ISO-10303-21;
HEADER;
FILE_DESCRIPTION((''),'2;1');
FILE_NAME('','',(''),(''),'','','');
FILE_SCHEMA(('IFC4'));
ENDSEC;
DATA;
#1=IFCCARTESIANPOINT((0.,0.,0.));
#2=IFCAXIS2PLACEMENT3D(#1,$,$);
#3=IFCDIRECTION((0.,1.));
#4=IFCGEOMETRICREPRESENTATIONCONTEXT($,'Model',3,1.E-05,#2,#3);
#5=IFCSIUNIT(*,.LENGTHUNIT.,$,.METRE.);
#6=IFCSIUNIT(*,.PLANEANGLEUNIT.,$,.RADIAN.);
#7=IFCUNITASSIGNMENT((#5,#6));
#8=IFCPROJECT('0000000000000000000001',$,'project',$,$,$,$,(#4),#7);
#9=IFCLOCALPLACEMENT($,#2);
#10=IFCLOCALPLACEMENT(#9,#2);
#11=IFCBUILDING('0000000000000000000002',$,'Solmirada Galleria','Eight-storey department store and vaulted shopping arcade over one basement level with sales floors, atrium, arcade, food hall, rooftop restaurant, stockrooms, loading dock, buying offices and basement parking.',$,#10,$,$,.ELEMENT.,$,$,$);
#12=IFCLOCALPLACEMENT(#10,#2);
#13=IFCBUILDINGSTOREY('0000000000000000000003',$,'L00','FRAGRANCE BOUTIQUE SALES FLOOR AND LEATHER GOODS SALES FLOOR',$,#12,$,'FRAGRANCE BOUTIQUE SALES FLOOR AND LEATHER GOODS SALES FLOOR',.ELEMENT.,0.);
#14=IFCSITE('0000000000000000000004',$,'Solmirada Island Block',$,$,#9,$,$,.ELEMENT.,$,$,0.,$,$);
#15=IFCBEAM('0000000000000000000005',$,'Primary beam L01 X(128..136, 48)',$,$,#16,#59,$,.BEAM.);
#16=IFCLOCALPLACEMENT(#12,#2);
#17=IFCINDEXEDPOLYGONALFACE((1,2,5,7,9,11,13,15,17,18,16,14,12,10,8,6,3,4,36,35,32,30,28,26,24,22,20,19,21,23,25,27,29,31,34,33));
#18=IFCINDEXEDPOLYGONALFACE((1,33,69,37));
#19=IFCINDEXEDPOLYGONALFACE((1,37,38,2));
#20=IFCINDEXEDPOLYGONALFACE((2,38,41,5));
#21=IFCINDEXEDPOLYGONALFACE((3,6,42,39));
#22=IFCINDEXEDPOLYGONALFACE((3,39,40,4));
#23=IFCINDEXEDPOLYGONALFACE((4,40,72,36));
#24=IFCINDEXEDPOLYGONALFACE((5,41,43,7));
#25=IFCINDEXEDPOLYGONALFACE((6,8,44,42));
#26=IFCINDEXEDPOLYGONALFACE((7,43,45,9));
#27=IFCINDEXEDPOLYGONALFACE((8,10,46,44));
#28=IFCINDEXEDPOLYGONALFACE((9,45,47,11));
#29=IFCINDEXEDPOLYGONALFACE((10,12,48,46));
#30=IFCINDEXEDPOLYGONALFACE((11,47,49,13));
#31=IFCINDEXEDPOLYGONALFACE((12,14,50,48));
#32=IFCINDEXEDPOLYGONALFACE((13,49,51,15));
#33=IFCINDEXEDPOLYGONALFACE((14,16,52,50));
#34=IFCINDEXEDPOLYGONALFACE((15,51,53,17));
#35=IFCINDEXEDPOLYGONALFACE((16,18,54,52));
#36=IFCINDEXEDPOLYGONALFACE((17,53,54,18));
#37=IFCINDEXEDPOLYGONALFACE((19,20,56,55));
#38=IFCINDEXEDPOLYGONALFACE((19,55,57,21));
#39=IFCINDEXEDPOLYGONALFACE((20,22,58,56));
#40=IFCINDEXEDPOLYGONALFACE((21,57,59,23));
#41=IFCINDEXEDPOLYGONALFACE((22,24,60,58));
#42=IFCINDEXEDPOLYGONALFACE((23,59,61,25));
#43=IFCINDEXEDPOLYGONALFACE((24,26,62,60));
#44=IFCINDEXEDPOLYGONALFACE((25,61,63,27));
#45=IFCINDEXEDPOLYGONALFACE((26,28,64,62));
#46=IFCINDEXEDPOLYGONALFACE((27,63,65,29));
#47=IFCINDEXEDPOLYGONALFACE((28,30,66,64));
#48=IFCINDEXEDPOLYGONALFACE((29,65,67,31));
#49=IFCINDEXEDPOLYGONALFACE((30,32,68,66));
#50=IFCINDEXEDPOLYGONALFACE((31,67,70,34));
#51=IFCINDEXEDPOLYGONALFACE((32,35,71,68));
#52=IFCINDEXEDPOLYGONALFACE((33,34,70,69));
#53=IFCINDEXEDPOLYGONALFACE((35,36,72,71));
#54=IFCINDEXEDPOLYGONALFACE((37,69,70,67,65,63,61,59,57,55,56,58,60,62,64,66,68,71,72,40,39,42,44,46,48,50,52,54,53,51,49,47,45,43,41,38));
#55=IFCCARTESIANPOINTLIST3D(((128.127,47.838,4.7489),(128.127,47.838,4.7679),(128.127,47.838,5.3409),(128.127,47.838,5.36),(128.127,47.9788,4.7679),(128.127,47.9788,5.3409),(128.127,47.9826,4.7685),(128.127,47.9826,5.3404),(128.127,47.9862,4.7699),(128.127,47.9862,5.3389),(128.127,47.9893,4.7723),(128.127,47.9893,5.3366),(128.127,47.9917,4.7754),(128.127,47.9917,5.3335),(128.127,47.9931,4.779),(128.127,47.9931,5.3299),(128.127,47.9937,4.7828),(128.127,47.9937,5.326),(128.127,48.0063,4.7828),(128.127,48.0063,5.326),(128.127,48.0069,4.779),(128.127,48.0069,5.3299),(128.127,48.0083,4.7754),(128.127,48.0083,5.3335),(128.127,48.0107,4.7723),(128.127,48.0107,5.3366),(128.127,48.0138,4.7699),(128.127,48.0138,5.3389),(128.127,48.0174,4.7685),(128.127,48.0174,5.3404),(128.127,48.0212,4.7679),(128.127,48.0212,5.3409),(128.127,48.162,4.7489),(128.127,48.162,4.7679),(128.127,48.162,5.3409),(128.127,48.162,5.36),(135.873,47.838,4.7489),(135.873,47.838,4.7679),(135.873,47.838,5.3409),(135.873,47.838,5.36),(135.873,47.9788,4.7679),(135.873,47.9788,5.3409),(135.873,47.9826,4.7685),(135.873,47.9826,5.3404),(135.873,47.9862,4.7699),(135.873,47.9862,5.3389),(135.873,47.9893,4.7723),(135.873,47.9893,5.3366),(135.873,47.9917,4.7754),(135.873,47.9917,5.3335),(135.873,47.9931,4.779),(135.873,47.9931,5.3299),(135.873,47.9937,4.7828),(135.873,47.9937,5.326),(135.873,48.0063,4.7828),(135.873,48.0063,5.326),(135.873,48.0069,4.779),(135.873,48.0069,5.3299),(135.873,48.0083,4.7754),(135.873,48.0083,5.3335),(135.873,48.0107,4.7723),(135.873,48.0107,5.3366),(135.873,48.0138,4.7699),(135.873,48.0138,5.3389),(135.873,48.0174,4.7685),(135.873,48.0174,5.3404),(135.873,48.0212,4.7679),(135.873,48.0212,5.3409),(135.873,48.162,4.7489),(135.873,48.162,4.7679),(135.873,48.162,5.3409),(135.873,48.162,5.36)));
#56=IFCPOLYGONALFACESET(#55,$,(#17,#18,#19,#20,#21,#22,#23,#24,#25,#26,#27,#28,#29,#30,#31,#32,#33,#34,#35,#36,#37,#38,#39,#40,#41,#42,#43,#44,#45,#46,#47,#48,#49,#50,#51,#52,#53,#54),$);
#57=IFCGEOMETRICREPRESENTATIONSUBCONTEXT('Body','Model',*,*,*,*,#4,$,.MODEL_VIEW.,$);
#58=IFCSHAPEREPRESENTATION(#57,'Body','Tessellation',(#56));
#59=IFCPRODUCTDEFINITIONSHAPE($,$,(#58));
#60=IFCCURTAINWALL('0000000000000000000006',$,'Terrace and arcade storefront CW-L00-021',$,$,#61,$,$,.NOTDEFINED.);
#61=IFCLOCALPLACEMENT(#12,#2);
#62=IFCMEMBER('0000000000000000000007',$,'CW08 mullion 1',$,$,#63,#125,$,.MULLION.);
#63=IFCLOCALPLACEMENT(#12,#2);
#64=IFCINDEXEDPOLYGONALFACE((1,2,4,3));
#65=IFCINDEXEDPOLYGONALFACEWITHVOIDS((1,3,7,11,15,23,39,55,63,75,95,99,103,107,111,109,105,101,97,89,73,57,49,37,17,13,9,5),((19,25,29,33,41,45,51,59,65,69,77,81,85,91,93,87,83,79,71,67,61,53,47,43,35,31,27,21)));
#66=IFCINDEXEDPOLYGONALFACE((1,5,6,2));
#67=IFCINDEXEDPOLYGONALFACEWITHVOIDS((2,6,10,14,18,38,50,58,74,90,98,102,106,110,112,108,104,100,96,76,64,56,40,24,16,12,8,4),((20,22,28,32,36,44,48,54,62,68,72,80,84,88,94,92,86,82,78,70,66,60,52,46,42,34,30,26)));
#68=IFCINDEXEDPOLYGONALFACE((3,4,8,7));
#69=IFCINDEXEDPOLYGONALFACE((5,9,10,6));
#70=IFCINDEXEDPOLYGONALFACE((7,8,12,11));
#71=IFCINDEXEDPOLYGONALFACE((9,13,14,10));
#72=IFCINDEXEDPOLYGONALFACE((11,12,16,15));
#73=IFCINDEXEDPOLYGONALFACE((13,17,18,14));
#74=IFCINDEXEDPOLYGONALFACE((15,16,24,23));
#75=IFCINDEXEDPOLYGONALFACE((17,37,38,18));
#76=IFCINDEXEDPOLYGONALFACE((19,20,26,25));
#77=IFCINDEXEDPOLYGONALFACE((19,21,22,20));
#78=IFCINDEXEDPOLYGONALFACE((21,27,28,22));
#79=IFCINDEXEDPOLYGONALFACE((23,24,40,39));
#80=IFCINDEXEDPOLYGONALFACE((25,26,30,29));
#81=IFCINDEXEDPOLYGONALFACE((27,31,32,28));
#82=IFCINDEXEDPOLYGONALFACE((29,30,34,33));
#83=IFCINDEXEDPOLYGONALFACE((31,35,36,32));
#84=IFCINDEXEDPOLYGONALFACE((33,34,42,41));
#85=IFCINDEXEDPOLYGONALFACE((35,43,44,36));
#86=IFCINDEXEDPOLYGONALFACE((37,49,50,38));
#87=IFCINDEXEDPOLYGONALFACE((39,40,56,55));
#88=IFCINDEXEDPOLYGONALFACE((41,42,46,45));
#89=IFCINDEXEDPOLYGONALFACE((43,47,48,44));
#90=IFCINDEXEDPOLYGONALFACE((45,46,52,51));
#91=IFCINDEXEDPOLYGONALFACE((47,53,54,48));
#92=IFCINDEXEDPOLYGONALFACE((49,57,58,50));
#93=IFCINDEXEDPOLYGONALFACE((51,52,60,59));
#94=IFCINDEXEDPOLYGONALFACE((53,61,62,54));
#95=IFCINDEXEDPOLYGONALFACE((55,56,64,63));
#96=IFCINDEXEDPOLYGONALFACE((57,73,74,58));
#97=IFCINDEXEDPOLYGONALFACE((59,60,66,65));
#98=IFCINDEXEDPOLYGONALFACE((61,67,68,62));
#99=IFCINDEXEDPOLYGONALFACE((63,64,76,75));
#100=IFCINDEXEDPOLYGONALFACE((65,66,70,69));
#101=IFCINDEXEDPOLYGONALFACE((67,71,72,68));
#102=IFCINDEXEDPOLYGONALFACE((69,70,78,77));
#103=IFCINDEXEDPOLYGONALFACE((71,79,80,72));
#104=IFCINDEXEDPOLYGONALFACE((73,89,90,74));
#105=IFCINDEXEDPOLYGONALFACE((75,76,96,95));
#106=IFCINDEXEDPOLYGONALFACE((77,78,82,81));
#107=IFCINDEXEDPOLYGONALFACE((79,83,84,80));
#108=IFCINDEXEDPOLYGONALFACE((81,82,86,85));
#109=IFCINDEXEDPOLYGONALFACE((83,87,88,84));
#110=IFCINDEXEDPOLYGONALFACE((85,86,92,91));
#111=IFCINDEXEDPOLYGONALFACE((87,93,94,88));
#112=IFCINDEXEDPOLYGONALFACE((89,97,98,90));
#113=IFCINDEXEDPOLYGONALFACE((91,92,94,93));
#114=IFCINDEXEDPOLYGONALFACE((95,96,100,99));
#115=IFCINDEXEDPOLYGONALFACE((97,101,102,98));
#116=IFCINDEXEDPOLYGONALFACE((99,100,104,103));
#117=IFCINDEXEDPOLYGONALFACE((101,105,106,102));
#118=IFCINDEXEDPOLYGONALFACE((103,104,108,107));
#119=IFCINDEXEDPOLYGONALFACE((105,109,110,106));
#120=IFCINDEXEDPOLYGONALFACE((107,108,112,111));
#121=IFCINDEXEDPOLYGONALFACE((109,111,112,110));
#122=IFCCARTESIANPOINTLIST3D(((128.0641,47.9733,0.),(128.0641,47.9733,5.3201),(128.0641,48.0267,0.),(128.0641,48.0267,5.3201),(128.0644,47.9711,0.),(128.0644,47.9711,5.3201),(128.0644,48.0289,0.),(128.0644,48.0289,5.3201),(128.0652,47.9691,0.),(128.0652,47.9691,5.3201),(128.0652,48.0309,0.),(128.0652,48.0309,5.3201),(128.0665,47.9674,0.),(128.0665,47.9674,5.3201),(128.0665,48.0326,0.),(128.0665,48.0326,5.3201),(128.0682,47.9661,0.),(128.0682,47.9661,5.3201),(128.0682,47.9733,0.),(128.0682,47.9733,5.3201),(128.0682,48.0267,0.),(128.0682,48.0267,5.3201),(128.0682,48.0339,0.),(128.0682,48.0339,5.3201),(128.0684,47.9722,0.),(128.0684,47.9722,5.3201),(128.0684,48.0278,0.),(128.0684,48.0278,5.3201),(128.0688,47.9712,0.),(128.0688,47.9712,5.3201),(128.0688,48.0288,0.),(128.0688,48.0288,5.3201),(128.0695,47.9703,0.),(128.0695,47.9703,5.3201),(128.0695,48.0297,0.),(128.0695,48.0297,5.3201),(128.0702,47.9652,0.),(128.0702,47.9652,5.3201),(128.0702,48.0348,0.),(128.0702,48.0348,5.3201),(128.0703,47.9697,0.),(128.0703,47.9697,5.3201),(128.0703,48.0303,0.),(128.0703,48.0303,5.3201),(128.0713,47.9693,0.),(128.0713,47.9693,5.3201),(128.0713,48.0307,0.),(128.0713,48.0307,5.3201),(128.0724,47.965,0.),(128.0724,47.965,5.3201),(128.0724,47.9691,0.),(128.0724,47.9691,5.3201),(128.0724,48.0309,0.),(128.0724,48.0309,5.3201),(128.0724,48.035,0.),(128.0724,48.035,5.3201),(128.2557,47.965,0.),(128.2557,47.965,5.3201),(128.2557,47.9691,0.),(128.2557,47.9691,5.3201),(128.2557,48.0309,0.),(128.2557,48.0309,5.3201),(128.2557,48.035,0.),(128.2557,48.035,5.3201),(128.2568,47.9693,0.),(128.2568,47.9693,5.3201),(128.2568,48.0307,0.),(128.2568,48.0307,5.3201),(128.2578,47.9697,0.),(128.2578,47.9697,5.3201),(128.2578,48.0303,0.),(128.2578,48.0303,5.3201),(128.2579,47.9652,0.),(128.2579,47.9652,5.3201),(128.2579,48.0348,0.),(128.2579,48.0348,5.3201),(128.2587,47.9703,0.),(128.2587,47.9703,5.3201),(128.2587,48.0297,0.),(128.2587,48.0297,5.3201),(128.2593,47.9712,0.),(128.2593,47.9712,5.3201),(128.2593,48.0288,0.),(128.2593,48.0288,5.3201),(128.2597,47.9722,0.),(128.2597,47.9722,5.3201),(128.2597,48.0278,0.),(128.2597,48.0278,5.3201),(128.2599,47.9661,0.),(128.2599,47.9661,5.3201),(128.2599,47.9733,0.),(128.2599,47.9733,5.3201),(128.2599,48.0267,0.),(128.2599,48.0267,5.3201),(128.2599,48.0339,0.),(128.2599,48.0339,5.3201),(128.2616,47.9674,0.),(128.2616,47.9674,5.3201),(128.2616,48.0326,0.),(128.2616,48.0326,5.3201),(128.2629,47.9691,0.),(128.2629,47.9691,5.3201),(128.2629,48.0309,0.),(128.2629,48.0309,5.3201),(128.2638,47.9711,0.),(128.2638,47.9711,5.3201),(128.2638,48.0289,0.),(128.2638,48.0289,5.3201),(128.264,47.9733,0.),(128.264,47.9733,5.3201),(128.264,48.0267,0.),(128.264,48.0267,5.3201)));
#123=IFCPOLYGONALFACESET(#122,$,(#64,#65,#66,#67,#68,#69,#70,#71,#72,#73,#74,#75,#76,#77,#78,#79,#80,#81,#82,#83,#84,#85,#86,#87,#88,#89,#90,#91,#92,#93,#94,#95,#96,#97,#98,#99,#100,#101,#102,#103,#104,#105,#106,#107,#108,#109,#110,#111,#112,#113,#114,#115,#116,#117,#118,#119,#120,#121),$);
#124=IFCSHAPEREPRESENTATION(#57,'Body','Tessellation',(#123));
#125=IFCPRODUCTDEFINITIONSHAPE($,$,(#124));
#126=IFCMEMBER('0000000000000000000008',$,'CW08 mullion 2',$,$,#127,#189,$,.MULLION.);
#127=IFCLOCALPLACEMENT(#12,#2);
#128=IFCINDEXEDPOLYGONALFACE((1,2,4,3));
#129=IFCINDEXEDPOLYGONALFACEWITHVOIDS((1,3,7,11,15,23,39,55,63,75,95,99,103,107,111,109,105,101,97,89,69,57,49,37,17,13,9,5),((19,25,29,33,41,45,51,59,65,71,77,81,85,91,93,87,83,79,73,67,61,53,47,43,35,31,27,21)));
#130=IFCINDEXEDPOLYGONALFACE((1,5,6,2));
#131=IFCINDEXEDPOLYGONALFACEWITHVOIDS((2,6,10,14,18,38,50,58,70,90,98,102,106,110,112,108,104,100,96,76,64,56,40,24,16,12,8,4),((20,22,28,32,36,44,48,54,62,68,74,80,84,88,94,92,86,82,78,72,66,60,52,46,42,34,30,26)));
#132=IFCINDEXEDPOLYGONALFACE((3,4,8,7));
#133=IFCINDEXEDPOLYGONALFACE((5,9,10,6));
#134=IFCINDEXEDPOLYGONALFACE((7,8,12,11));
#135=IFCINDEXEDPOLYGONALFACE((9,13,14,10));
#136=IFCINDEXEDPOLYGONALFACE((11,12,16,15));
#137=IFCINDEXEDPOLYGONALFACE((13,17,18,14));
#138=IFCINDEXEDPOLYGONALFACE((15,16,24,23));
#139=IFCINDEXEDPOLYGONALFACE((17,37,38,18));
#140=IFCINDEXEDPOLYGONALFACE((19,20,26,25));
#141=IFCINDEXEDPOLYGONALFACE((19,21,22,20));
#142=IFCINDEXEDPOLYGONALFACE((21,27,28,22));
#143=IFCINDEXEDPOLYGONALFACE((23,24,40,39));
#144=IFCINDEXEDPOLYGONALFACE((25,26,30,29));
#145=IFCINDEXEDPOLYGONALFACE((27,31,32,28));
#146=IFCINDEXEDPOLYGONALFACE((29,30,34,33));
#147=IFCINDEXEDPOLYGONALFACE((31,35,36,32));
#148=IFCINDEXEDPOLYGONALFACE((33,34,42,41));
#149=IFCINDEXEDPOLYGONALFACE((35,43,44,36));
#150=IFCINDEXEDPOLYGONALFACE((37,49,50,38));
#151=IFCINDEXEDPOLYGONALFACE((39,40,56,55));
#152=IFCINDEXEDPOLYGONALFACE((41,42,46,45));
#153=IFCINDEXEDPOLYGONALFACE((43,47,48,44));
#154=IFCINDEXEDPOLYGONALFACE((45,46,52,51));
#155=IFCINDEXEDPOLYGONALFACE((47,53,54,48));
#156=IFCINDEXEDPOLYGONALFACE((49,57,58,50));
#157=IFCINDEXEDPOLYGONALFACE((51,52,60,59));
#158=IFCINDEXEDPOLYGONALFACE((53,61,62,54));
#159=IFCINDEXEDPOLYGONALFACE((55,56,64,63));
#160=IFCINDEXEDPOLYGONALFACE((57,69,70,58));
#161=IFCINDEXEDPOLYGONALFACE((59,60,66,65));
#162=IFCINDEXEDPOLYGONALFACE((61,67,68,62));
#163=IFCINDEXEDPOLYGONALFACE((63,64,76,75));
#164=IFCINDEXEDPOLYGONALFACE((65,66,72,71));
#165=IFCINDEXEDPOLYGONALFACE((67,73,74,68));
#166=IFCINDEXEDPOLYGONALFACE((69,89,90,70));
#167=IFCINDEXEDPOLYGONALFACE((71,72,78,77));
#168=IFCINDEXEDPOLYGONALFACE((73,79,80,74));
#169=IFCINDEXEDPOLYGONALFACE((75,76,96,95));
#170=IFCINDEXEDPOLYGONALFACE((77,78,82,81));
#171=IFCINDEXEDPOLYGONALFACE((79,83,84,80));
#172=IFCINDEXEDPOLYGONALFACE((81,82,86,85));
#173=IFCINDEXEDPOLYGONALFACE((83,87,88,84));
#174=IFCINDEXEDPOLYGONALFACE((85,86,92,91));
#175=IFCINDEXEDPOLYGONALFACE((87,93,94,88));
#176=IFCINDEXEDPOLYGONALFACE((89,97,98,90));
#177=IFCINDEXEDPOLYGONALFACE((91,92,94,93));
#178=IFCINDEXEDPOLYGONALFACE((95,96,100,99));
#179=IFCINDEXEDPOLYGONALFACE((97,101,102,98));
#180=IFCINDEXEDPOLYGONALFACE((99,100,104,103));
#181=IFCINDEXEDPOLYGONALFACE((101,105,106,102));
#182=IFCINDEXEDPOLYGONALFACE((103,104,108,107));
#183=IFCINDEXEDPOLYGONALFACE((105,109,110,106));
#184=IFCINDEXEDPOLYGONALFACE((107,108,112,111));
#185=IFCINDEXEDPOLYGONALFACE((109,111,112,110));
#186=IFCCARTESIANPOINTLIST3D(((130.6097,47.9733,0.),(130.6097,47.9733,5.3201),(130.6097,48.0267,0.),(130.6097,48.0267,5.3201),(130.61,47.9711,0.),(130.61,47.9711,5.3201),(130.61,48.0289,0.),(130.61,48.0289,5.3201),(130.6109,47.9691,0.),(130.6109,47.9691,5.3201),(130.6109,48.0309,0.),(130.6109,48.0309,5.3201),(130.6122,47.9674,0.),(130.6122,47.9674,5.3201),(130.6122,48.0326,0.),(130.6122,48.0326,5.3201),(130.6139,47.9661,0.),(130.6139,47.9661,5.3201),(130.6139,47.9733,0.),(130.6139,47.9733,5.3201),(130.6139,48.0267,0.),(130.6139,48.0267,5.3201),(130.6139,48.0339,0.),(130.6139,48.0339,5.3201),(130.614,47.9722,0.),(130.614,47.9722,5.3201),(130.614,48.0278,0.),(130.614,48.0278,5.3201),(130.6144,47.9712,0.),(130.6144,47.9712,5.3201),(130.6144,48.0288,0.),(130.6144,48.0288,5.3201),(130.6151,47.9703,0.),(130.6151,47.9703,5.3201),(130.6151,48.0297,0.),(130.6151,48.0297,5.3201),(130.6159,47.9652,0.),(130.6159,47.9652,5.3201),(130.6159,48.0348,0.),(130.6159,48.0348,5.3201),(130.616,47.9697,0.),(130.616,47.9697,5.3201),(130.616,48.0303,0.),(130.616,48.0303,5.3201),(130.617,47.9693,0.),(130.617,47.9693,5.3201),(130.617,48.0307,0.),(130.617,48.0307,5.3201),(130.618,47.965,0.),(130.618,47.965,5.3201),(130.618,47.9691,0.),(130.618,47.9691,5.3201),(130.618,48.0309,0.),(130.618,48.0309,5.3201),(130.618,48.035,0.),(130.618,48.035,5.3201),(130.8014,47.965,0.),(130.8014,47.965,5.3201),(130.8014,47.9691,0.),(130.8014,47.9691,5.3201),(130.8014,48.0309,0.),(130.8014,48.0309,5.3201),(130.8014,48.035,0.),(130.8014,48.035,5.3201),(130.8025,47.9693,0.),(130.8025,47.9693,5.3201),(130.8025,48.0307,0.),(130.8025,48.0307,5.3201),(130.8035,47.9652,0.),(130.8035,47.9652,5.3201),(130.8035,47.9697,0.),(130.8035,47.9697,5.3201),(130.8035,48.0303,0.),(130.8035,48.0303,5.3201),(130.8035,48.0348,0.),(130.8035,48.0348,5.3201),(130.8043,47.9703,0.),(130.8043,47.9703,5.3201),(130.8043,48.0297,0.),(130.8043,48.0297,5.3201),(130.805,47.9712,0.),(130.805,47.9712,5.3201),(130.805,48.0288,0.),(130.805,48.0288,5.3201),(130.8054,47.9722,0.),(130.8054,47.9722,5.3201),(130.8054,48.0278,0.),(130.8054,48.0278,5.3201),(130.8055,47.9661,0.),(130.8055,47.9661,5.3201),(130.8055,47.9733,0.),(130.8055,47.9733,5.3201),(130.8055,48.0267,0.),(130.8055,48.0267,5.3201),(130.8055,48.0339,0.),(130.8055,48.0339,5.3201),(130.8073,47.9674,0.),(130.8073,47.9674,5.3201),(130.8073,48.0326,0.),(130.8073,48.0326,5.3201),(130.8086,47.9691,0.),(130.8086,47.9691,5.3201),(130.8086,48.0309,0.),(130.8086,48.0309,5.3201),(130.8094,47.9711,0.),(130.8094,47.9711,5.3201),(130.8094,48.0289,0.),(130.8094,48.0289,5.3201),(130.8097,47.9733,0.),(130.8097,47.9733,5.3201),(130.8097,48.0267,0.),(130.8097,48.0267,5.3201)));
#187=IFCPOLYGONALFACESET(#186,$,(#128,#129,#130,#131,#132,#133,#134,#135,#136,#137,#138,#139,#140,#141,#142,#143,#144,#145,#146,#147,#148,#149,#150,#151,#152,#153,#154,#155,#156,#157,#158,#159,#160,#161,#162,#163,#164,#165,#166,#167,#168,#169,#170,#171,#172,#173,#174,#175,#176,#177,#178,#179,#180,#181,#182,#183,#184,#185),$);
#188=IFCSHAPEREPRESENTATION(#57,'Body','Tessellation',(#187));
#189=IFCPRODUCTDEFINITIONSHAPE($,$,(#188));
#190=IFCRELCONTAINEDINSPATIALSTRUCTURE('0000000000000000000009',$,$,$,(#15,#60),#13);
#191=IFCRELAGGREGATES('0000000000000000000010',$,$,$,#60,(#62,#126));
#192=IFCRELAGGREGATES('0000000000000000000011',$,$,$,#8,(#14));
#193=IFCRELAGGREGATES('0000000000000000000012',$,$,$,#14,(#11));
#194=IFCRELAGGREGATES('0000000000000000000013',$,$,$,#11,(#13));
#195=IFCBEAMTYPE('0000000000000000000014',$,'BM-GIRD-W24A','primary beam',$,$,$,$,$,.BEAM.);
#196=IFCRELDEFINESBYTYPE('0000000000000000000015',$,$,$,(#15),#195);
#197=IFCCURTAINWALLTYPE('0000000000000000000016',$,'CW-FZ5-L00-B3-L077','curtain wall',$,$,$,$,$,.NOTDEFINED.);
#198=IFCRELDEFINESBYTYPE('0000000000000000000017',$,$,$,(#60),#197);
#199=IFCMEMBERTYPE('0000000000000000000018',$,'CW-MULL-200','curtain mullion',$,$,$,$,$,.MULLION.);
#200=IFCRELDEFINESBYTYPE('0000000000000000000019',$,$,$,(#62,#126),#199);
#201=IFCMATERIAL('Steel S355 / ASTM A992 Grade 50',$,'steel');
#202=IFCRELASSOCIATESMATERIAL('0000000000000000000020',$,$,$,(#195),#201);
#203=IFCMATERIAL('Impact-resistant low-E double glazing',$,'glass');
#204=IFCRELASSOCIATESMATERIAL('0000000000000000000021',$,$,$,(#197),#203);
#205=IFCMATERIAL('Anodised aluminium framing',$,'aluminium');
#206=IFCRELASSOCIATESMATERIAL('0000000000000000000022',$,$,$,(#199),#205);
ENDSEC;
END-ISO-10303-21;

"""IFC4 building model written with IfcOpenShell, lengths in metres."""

from ifc_helpers import new_model, si_unit, direction, frame, origin, origin_2d, place, context, subcontext, project, spatial, hollow_rectangle, i_section, extrude, material, material_profile, profile_set, type_object, element, aggregate, save


model = new_model("IFC4")

# Units and contexts
model_context = context("Model", 3, precision=1e-05, world=origin(), true_north=direction((0.0, 1.0)))
body_context = subcontext(model_context, "Body", "Model", "MODEL_VIEW")
ifc_project = project(units=[si_unit("LENGTHUNIT", "METRE"), si_unit("PLANEANGLEUNIT", "RADIAN")], contexts=[model_context])

# Site, building, storey
site_placement = place(None, origin())
site = spatial("IfcSite", under=ifc_project, at=site_placement, Name="Solmirada Island Block", CompositionType="ELEMENT", RefElevation=0.0)
building_placement = place(site_placement, origin())
building = spatial("IfcBuilding", under=site, at=building_placement, Name="Solmirada Galleria", Description="Eight-storey department store and vaulted shopping arcade over one basement level with sales floors, atrium, arcade, food hall, rooftop restaurant, stockrooms, loading dock, buying offices and basement parking.", CompositionType="ELEMENT")
storey_placement = place(building_placement, origin())
storey = spatial("IfcBuildingStorey", under=building, at=storey_placement, Name="L00", Description="FRAGRANCE BOUTIQUE SALES FLOOR AND LEATHER GOODS SALES FLOOR", LongName="FRAGRANCE BOUTIQUE SALES FLOOR AND LEATHER GOODS SALES FLOOR", CompositionType="ELEMENT", Elevation=0.0)

# Beam
ifc_material_1 = material(Name="Steel S355 / ASTM A992 Grade 50", Category="steel")
ifc_material_profile_1 = material_profile(ifc_material_1, i_section(OverallWidth=0.324, OverallDepth=0.6111, WebThickness=0.0127, FlangeThickness=0.019, FilletRadius=0.0149, at=origin_2d()), Name="W24X104")
ifc_profile_set_1 = profile_set([ifc_material_profile_1], Name="Steel S355 / ASTM A992 Grade 50")
beam_type_1 = type_object("IfcBeamType", Name="BM-GIRD-W24A", Description="primary beam", PredefinedType="BEAM", material=ifc_profile_set_1)
beam_placement = place(storey_placement, frame((128.127, 48.0, 5.0544), z_axis=(1.0, 0.0, 0.0), x_axis=(0.0, 1.0, 0.0)))
element("IfcBeam", 1, at=beam_placement, inside=storey, type_object=beam_type_1, Name="Primary beam L01 X(128..136, 48)", PredefinedType="BEAM", context=body_context, shape_type="SweptSolid", body=[
    extrude(i_section(OverallWidth=0.324, OverallDepth=0.6111, WebThickness=0.0127, FlangeThickness=0.019, FilletRadius=0.0149, at=origin_2d()), origin(), (0.0, 0.0, 1.0), 7.7461),
])

# Curtain wall, members
ifc_material_2 = material(Name="Impact-resistant low-E double glazing", Category="glass")
curtain_wall_type = type_object("IfcCurtainWallType", Name="CW-FZ5-L00-B3-L077", Description="curtain wall", PredefinedType="NOTDEFINED", material=ifc_material_2)
curtain_wall_1_placement = place(storey_placement, origin())
curtain_wall_1 = element("IfcCurtainWall", 2, at=curtain_wall_1_placement, inside=storey, type_object=curtain_wall_type, Name="Terrace and arcade storefront CW-L00-021", PredefinedType="NOTDEFINED")
ifc_material_3 = material(Name="Anodised aluminium framing", Category="aluminium")
ifc_material_profile_2 = material_profile(ifc_material_3, hollow_rectangle(XDim=0.0701, YDim=0.2, WallThickness=0.0042, InnerFilletRadius=0.0042, OuterFilletRadius=0.0083, at=origin_2d()), Name="ALU-MULL-200X70")
ifc_profile_set_2 = profile_set([ifc_material_profile_2], Name="Anodised aluminium framing")
member_type_1 = type_object("IfcMemberType", Name="CW-MULL-200", Description="curtain mullion", PredefinedType="MULLION", material=ifc_profile_set_2)
member_1_placement = place(storey_placement, frame((128.1641, 48.0, 0.0), z_axis=(0.0, 0.0, 1.0), x_axis=(0.0, 1.0, 0.0)))
member_1 = element("IfcMember", 3, at=member_1_placement, type_object=member_type_1, Name="CW08 mullion 1", PredefinedType="MULLION", context=body_context, shape_type="SweptSolid", body=[
    extrude(hollow_rectangle(XDim=0.0701, YDim=0.2, WallThickness=0.0042, InnerFilletRadius=0.0042, OuterFilletRadius=0.0083, at=origin_2d()), origin(), (0.0, 0.0, 1.0), 5.3201),
])
member_2_placement = place(storey_placement, frame((130.7097, 48.0, 0.0), z_axis=(0.0, 0.0, 1.0), x_axis=(0.0, 1.0, 0.0)))
member_2 = element("IfcMember", 4, at=member_2_placement, type_object=member_type_1, Name="CW08 mullion 2", PredefinedType="MULLION", context=body_context, shape_type="SweptSolid", body=[
    extrude(hollow_rectangle(XDim=0.0701, YDim=0.2, WallThickness=0.0042, InnerFilletRadius=0.0042, OuterFilletRadius=0.0083, at=origin_2d()), origin(), (0.0, 0.0, 1.0), 5.3201),
])

aggregate(curtain_wall_1, [member_1, member_2])

save(model, "model.ifc")
